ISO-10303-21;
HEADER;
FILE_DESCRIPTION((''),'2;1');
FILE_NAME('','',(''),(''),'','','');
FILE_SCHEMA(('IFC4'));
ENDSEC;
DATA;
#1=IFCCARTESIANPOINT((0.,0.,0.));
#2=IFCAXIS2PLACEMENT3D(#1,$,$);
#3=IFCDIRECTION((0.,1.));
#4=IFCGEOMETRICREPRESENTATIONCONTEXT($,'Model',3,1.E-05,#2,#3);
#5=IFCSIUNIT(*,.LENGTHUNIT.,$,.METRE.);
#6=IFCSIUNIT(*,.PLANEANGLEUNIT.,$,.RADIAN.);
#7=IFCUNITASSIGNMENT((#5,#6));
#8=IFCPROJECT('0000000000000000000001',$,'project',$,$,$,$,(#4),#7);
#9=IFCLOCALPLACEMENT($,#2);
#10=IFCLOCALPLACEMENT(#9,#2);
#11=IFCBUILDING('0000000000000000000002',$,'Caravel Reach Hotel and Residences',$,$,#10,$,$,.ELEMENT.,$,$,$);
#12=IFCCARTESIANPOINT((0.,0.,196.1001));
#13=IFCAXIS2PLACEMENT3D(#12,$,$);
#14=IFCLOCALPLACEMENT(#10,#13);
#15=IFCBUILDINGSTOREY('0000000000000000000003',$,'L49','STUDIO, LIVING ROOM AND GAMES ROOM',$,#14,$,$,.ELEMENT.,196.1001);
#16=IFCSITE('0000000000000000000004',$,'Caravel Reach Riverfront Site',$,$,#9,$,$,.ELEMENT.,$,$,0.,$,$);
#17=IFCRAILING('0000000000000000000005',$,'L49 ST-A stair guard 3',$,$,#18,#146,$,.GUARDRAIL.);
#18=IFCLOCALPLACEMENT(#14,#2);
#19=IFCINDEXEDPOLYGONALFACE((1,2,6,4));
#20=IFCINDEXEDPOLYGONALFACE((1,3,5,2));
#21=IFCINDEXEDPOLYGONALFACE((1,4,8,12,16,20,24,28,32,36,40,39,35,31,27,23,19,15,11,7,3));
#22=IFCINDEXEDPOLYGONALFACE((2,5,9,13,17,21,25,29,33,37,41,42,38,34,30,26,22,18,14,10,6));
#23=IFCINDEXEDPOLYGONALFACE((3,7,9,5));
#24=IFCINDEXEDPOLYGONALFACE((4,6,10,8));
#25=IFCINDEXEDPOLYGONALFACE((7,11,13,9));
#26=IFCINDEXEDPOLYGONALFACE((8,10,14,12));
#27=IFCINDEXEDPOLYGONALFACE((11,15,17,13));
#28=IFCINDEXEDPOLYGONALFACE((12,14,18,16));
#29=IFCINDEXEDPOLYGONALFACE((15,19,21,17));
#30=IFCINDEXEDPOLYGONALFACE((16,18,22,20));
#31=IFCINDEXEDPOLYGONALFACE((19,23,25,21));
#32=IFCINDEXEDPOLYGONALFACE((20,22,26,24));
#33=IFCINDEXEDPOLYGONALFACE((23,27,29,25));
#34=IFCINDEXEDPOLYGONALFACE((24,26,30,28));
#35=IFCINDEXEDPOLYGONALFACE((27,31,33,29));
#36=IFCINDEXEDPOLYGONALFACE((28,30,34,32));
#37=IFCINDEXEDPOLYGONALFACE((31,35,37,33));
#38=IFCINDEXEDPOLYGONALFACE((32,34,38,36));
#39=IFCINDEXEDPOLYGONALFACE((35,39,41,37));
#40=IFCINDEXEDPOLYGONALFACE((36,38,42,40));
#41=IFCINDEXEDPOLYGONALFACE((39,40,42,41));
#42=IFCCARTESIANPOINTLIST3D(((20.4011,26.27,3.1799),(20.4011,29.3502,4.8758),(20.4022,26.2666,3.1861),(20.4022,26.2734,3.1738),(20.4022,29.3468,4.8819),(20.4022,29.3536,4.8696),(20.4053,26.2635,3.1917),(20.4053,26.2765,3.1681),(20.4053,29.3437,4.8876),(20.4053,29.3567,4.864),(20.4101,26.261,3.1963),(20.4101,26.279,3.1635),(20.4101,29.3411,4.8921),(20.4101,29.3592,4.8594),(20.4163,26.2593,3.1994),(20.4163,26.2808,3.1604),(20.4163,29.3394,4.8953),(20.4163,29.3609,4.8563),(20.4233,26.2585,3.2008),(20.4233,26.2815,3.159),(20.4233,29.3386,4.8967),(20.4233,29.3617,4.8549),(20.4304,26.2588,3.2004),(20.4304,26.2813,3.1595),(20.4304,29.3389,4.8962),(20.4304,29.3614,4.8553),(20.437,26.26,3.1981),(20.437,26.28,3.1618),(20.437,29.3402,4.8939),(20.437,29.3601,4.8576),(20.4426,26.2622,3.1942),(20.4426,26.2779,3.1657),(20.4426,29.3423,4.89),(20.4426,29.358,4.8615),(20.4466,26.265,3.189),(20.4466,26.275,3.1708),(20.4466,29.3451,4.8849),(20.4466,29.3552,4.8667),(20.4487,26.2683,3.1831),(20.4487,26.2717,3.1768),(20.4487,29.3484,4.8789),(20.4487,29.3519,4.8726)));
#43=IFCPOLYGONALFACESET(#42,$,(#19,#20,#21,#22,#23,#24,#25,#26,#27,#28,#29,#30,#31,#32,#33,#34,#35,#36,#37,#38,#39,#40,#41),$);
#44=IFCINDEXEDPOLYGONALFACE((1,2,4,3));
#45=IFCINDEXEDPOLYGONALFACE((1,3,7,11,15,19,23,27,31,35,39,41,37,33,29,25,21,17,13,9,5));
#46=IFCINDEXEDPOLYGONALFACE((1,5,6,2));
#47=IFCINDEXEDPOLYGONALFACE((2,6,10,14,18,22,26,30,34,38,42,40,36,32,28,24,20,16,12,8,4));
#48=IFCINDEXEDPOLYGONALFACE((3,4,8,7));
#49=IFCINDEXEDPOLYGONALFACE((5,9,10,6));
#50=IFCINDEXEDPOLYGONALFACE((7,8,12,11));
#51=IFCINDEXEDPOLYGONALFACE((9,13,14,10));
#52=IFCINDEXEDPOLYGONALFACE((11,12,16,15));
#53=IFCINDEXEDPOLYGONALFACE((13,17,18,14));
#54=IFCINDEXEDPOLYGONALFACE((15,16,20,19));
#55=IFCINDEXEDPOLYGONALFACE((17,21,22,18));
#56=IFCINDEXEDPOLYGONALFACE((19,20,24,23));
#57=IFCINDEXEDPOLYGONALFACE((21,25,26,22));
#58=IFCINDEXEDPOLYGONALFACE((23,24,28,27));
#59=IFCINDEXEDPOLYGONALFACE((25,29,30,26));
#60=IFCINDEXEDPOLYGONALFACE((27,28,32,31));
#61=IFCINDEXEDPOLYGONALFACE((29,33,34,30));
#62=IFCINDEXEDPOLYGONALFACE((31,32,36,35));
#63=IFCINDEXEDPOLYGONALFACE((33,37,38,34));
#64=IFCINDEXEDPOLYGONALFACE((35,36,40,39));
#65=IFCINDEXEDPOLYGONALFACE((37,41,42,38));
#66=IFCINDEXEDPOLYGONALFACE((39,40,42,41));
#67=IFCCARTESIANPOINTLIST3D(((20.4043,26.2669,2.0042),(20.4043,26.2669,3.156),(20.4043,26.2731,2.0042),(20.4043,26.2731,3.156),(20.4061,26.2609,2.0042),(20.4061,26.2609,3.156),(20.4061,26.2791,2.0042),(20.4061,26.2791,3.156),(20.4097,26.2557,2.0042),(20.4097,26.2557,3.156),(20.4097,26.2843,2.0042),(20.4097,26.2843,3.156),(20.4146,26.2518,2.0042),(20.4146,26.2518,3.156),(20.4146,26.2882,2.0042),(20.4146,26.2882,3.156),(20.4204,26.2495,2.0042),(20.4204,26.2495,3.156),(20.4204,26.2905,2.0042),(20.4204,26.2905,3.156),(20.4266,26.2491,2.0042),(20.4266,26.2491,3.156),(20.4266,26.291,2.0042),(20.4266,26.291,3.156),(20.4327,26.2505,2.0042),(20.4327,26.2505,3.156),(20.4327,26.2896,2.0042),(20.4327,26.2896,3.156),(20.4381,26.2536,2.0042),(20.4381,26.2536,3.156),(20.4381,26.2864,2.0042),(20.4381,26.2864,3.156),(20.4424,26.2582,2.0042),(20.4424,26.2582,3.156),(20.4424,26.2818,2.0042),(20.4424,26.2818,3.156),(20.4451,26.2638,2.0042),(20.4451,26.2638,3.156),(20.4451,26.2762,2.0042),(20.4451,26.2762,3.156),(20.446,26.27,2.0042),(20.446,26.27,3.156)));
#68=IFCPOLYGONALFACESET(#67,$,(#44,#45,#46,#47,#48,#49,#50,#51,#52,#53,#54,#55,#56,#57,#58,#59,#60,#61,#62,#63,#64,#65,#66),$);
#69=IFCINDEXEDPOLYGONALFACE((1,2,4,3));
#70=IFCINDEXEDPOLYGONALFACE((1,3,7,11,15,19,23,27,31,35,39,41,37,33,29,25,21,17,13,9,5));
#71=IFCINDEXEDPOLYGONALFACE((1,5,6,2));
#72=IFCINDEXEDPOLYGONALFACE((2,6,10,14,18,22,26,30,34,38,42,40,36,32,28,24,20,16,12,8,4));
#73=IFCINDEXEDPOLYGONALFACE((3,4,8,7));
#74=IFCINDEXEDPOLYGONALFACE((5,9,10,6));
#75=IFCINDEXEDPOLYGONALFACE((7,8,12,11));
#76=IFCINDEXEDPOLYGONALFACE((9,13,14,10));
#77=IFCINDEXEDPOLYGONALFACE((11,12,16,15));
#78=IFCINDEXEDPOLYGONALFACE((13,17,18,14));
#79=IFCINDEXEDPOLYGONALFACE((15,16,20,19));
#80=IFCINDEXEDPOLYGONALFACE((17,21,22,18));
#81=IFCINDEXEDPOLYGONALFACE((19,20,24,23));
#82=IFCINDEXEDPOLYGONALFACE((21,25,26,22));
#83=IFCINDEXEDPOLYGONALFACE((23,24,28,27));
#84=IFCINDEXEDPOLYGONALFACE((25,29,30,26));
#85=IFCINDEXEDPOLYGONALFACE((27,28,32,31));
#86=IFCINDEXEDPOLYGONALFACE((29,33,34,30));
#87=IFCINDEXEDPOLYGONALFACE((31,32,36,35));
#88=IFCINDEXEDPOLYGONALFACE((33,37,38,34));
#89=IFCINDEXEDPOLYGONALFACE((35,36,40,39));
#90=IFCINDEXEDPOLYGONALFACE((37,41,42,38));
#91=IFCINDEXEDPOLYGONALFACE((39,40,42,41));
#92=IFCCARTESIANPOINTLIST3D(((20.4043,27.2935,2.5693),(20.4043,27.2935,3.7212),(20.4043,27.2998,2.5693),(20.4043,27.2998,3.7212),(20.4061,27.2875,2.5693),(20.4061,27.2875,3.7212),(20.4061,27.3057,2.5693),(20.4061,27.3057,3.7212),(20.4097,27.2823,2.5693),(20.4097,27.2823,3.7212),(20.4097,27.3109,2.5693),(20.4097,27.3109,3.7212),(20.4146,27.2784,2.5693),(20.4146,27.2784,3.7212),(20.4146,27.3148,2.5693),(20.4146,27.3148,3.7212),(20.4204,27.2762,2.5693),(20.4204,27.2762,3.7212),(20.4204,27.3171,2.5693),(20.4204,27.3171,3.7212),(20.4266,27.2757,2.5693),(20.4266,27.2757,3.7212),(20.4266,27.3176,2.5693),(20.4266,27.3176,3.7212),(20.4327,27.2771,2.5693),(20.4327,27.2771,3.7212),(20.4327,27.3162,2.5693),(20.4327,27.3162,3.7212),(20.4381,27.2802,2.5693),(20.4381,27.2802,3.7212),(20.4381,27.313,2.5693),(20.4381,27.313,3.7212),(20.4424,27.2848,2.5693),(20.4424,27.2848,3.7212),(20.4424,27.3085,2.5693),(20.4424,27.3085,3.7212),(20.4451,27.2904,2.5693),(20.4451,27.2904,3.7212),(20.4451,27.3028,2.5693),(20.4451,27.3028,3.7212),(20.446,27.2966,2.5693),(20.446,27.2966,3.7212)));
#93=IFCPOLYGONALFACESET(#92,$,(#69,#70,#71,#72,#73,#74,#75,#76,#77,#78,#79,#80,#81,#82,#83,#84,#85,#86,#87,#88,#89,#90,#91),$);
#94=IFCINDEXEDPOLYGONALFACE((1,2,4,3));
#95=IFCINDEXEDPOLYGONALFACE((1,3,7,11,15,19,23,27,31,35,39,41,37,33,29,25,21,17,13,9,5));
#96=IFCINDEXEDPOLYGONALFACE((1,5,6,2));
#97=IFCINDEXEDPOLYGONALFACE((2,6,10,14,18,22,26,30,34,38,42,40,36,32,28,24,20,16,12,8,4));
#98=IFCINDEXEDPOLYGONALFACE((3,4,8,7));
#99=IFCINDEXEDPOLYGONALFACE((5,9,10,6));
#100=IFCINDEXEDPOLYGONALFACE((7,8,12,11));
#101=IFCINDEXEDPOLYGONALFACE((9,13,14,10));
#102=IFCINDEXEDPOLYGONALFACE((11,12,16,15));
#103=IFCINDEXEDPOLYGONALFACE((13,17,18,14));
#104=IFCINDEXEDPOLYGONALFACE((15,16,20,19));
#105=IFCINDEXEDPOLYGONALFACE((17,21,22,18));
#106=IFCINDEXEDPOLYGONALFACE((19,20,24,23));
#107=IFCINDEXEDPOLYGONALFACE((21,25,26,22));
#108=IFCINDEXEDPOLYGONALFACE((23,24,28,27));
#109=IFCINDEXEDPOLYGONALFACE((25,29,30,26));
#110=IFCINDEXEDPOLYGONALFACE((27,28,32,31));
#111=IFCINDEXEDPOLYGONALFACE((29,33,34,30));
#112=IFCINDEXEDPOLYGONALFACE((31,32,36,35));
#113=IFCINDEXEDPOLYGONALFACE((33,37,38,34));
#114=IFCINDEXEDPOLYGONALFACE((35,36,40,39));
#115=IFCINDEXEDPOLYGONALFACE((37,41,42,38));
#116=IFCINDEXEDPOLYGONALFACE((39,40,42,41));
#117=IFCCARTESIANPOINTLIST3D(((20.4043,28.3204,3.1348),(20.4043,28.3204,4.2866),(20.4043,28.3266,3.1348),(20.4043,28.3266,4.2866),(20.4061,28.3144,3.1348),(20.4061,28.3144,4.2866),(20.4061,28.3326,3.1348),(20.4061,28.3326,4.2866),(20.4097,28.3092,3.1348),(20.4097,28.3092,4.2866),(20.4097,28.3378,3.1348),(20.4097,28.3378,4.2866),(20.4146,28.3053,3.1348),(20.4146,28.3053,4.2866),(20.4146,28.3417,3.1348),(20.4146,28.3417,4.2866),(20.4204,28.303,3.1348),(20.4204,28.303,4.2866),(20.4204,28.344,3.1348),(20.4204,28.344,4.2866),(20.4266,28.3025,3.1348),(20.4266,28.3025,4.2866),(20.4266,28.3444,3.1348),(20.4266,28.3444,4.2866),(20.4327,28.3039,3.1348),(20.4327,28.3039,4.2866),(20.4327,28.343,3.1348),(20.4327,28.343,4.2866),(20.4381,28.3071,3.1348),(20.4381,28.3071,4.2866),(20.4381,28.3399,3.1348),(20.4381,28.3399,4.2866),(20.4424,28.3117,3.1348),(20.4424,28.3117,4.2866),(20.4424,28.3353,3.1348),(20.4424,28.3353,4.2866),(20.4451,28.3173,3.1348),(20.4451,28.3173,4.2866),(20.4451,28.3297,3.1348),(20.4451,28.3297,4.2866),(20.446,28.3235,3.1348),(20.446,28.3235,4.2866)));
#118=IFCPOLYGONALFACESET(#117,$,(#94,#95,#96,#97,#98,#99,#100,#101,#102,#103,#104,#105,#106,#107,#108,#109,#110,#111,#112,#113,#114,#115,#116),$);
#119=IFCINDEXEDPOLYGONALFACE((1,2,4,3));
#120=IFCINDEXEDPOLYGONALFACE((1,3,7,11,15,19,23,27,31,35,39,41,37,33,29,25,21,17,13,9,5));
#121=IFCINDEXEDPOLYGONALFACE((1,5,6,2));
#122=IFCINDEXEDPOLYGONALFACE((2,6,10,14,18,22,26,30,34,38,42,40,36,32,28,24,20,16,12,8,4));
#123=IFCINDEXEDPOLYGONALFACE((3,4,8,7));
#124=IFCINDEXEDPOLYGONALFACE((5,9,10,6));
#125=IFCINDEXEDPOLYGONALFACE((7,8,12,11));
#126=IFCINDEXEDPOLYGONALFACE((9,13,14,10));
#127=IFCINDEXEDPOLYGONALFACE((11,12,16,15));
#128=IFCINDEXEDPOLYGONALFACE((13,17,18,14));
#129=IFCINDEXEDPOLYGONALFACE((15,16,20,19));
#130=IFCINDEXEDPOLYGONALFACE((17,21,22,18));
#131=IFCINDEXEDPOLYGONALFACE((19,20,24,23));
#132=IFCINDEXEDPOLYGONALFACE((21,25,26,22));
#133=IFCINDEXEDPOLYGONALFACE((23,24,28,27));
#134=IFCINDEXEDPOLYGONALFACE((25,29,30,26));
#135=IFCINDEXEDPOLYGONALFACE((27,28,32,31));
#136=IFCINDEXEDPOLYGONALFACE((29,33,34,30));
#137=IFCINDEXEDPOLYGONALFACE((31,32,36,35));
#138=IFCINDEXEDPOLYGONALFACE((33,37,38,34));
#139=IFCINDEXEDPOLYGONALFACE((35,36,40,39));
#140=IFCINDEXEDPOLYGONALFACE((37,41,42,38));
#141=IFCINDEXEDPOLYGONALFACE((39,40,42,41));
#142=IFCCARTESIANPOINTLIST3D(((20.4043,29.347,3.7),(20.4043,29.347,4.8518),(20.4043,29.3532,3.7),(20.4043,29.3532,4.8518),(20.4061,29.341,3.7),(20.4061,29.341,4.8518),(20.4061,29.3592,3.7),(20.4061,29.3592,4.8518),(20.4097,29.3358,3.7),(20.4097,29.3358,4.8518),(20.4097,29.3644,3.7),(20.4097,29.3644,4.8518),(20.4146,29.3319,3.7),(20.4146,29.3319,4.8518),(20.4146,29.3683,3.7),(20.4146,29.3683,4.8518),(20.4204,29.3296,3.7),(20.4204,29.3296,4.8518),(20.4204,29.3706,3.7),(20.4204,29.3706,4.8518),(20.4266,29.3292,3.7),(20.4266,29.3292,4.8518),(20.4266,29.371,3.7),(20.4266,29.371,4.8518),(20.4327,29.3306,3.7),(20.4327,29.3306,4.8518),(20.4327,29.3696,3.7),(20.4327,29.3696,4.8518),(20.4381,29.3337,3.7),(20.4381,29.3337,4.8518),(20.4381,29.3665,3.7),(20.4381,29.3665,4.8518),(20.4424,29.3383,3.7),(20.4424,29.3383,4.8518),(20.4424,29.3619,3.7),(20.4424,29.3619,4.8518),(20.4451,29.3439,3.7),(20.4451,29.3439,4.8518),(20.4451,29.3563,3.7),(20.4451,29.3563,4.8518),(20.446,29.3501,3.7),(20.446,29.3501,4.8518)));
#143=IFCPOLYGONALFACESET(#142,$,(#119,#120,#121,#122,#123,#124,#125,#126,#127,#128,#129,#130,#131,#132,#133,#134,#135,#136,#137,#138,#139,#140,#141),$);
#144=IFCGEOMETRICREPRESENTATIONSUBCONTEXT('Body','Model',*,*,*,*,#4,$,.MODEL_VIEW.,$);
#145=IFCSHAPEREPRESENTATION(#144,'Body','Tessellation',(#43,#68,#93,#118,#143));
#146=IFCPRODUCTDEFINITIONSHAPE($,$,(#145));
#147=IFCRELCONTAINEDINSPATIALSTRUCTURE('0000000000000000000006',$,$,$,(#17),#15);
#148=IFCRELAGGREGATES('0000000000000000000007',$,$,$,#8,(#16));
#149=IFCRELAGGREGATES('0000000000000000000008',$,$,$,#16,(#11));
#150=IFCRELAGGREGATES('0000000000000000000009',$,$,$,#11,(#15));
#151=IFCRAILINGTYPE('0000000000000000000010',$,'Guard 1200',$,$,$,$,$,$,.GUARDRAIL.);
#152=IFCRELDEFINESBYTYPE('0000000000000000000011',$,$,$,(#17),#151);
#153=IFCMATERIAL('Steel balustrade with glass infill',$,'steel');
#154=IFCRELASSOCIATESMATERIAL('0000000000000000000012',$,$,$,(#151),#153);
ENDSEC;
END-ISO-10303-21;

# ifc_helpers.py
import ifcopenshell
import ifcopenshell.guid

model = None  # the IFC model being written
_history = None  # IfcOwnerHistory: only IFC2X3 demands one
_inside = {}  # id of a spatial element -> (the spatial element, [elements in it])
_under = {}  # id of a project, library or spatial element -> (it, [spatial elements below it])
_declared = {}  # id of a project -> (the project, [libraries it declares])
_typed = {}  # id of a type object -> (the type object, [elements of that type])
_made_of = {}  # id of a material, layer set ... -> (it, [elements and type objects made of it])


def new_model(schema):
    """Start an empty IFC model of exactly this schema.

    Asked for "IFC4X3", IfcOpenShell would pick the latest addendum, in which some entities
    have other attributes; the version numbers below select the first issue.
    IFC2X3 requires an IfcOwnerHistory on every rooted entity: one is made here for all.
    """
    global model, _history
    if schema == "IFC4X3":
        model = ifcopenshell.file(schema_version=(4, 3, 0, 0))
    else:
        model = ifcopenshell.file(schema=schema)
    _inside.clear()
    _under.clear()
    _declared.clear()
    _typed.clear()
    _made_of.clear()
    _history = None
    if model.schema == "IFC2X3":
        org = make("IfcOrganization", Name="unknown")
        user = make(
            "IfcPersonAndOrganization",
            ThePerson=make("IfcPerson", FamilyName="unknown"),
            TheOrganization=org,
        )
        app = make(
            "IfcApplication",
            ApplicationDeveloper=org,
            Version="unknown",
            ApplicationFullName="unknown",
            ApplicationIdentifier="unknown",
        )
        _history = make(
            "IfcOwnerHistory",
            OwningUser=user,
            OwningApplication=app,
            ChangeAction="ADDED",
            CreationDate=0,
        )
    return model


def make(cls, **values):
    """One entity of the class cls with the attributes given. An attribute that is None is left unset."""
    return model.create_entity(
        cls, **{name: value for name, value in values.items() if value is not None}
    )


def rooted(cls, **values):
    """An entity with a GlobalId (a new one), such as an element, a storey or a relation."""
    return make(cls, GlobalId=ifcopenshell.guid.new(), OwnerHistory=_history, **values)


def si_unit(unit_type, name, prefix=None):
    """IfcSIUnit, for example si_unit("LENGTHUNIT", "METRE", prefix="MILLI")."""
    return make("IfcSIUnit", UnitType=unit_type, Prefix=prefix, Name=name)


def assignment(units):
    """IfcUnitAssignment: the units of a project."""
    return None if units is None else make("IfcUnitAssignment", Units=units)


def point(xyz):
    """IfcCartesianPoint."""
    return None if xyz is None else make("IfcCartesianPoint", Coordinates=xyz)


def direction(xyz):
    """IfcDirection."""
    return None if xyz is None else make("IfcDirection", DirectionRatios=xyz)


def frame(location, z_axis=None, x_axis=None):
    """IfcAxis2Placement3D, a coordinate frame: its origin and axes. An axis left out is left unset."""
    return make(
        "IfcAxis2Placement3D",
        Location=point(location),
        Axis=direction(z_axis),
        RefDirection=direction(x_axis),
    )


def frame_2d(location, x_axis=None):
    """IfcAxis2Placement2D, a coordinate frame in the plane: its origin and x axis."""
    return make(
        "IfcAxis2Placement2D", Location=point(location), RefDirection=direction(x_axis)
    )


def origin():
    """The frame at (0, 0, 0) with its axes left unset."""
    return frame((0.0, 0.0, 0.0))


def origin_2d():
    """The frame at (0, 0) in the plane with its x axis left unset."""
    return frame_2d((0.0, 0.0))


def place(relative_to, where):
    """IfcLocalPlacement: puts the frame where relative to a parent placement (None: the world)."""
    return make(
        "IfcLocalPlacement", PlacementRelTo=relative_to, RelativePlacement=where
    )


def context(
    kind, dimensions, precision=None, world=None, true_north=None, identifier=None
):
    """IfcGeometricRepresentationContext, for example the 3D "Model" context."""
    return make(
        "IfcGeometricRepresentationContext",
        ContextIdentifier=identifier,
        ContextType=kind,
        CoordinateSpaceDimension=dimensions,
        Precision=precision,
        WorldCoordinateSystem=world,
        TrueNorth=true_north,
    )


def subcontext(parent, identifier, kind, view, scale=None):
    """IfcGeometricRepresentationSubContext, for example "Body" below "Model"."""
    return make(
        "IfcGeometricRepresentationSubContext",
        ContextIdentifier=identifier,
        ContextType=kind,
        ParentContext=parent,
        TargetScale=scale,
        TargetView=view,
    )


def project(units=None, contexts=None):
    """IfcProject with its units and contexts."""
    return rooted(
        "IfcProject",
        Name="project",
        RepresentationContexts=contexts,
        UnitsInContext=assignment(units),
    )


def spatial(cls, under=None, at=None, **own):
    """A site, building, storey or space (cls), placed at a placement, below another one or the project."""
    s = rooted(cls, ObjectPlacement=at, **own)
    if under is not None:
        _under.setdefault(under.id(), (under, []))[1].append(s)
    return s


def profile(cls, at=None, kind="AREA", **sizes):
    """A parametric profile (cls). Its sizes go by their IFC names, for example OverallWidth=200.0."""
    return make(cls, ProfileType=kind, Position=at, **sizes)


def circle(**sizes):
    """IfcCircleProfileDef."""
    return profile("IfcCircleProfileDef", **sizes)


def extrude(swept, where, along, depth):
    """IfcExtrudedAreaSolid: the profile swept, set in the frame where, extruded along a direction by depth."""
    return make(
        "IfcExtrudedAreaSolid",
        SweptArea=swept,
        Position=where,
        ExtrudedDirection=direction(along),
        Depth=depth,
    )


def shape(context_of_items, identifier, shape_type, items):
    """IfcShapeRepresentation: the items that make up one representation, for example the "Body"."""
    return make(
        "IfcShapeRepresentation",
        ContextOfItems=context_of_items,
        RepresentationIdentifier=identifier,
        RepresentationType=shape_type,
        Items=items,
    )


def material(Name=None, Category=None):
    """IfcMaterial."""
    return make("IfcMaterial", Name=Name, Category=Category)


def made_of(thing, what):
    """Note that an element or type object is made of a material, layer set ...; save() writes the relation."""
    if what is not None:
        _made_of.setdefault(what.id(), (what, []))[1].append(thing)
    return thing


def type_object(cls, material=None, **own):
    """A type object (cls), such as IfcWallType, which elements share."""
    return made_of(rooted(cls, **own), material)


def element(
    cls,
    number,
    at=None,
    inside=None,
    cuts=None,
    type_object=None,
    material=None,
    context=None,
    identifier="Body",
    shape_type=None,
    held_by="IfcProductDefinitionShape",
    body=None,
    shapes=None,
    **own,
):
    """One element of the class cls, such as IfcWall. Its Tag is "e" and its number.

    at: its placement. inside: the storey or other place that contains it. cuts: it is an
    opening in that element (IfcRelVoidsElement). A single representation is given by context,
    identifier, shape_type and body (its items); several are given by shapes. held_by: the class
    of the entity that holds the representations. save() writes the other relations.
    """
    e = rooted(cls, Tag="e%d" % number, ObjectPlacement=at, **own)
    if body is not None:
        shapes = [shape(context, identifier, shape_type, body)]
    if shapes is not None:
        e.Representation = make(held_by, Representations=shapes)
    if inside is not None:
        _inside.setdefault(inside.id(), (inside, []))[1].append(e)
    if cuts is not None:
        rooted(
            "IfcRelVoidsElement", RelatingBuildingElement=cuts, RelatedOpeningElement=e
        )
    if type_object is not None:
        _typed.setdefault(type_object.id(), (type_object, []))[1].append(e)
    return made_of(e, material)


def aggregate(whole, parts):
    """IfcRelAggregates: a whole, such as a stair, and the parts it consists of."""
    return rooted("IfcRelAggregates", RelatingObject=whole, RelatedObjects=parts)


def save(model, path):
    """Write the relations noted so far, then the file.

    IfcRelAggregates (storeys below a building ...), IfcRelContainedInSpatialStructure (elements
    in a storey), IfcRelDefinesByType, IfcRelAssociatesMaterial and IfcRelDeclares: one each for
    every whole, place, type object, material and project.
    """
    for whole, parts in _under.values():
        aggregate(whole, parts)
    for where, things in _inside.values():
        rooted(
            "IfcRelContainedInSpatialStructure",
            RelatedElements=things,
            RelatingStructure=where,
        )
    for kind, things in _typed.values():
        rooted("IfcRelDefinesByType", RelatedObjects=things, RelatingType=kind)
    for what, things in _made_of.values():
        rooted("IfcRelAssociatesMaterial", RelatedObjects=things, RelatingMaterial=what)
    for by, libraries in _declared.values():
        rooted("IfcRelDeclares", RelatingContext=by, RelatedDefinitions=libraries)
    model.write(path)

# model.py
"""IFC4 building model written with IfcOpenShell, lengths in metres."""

from ifc_helpers import new_model, si_unit, direction, frame, origin, origin_2d, place, context, subcontext, project, spatial, circle, extrude, material, type_object, element, save


model = new_model("IFC4")

# Units and contexts
model_context = context("Model", 3, precision=1e-05, world=origin(), true_north=direction((0.0, 1.0)))
body_context = subcontext(model_context, "Body", "Model", "MODEL_VIEW")
ifc_project = project(units=[si_unit("LENGTHUNIT", "METRE"), si_unit("PLANEANGLEUNIT", "RADIAN")], contexts=[model_context])

# Site, building, storey
site_placement = place(None, origin())
site = spatial("IfcSite", under=ifc_project, at=site_placement, Name="Caravel Reach Riverfront Site", CompositionType="ELEMENT", RefElevation=0.0)
building_placement = place(site_placement, origin())
building = spatial("IfcBuilding", under=site, at=building_placement, Name="Caravel Reach Hotel and Residences", CompositionType="ELEMENT")
storey_placement = place(building_placement, frame((0.0, 0.0, 196.1001)))
storey = spatial("IfcBuildingStorey", under=building, at=storey_placement, Name="L49", Description="STUDIO, LIVING ROOM AND GAMES ROOM", CompositionType="ELEMENT", Elevation=196.1001)

# Railing
ifc_material_1 = material(Name="Steel balustrade with glass infill", Category="steel")
railing_type_1 = type_object("IfcRailingType", Name="Guard 1200", PredefinedType="GUARDRAIL", material=ifc_material_1)
railing_1_placement = place(storey_placement, frame((20.425, 26.27, 2.0042)))
element("IfcRailing", 1, at=railing_1_placement, inside=storey, type_object=railing_type_1, Name="L49 ST-A stair guard 3", PredefinedType="GUARDRAIL", context=body_context, shape_type="SweptSolid", body=[
    extrude(circle(Radius=0.0239, at=origin_2d()), frame((0.0, 0.0, 1.1758), z_axis=(0.0, 0.876005, 0.482303), x_axis=(-1.0, 0.0, 0.0)), (0.0, 0.0, 1.0), 3.5161),
    extrude(circle(Radius=0.021, at=origin_2d()), origin(), (0.0, 0.0, 1.0), 1.1519),
    extrude(circle(Radius=0.021, at=origin_2d()), frame((0.0, 1.0266, 0.5652)), (0.0, 0.0, 1.0), 1.1519),
    extrude(circle(Radius=0.021, at=origin_2d()), frame((0.0, 2.0535, 1.1306)), (0.0, 0.0, 1.0), 1.1519),
    extrude(circle(Radius=0.021, at=origin_2d()), frame((0.0, 3.0801, 1.6958)), (0.0, 0.0, 1.0), 1.1519),
])

save(model, "model.ifc")
